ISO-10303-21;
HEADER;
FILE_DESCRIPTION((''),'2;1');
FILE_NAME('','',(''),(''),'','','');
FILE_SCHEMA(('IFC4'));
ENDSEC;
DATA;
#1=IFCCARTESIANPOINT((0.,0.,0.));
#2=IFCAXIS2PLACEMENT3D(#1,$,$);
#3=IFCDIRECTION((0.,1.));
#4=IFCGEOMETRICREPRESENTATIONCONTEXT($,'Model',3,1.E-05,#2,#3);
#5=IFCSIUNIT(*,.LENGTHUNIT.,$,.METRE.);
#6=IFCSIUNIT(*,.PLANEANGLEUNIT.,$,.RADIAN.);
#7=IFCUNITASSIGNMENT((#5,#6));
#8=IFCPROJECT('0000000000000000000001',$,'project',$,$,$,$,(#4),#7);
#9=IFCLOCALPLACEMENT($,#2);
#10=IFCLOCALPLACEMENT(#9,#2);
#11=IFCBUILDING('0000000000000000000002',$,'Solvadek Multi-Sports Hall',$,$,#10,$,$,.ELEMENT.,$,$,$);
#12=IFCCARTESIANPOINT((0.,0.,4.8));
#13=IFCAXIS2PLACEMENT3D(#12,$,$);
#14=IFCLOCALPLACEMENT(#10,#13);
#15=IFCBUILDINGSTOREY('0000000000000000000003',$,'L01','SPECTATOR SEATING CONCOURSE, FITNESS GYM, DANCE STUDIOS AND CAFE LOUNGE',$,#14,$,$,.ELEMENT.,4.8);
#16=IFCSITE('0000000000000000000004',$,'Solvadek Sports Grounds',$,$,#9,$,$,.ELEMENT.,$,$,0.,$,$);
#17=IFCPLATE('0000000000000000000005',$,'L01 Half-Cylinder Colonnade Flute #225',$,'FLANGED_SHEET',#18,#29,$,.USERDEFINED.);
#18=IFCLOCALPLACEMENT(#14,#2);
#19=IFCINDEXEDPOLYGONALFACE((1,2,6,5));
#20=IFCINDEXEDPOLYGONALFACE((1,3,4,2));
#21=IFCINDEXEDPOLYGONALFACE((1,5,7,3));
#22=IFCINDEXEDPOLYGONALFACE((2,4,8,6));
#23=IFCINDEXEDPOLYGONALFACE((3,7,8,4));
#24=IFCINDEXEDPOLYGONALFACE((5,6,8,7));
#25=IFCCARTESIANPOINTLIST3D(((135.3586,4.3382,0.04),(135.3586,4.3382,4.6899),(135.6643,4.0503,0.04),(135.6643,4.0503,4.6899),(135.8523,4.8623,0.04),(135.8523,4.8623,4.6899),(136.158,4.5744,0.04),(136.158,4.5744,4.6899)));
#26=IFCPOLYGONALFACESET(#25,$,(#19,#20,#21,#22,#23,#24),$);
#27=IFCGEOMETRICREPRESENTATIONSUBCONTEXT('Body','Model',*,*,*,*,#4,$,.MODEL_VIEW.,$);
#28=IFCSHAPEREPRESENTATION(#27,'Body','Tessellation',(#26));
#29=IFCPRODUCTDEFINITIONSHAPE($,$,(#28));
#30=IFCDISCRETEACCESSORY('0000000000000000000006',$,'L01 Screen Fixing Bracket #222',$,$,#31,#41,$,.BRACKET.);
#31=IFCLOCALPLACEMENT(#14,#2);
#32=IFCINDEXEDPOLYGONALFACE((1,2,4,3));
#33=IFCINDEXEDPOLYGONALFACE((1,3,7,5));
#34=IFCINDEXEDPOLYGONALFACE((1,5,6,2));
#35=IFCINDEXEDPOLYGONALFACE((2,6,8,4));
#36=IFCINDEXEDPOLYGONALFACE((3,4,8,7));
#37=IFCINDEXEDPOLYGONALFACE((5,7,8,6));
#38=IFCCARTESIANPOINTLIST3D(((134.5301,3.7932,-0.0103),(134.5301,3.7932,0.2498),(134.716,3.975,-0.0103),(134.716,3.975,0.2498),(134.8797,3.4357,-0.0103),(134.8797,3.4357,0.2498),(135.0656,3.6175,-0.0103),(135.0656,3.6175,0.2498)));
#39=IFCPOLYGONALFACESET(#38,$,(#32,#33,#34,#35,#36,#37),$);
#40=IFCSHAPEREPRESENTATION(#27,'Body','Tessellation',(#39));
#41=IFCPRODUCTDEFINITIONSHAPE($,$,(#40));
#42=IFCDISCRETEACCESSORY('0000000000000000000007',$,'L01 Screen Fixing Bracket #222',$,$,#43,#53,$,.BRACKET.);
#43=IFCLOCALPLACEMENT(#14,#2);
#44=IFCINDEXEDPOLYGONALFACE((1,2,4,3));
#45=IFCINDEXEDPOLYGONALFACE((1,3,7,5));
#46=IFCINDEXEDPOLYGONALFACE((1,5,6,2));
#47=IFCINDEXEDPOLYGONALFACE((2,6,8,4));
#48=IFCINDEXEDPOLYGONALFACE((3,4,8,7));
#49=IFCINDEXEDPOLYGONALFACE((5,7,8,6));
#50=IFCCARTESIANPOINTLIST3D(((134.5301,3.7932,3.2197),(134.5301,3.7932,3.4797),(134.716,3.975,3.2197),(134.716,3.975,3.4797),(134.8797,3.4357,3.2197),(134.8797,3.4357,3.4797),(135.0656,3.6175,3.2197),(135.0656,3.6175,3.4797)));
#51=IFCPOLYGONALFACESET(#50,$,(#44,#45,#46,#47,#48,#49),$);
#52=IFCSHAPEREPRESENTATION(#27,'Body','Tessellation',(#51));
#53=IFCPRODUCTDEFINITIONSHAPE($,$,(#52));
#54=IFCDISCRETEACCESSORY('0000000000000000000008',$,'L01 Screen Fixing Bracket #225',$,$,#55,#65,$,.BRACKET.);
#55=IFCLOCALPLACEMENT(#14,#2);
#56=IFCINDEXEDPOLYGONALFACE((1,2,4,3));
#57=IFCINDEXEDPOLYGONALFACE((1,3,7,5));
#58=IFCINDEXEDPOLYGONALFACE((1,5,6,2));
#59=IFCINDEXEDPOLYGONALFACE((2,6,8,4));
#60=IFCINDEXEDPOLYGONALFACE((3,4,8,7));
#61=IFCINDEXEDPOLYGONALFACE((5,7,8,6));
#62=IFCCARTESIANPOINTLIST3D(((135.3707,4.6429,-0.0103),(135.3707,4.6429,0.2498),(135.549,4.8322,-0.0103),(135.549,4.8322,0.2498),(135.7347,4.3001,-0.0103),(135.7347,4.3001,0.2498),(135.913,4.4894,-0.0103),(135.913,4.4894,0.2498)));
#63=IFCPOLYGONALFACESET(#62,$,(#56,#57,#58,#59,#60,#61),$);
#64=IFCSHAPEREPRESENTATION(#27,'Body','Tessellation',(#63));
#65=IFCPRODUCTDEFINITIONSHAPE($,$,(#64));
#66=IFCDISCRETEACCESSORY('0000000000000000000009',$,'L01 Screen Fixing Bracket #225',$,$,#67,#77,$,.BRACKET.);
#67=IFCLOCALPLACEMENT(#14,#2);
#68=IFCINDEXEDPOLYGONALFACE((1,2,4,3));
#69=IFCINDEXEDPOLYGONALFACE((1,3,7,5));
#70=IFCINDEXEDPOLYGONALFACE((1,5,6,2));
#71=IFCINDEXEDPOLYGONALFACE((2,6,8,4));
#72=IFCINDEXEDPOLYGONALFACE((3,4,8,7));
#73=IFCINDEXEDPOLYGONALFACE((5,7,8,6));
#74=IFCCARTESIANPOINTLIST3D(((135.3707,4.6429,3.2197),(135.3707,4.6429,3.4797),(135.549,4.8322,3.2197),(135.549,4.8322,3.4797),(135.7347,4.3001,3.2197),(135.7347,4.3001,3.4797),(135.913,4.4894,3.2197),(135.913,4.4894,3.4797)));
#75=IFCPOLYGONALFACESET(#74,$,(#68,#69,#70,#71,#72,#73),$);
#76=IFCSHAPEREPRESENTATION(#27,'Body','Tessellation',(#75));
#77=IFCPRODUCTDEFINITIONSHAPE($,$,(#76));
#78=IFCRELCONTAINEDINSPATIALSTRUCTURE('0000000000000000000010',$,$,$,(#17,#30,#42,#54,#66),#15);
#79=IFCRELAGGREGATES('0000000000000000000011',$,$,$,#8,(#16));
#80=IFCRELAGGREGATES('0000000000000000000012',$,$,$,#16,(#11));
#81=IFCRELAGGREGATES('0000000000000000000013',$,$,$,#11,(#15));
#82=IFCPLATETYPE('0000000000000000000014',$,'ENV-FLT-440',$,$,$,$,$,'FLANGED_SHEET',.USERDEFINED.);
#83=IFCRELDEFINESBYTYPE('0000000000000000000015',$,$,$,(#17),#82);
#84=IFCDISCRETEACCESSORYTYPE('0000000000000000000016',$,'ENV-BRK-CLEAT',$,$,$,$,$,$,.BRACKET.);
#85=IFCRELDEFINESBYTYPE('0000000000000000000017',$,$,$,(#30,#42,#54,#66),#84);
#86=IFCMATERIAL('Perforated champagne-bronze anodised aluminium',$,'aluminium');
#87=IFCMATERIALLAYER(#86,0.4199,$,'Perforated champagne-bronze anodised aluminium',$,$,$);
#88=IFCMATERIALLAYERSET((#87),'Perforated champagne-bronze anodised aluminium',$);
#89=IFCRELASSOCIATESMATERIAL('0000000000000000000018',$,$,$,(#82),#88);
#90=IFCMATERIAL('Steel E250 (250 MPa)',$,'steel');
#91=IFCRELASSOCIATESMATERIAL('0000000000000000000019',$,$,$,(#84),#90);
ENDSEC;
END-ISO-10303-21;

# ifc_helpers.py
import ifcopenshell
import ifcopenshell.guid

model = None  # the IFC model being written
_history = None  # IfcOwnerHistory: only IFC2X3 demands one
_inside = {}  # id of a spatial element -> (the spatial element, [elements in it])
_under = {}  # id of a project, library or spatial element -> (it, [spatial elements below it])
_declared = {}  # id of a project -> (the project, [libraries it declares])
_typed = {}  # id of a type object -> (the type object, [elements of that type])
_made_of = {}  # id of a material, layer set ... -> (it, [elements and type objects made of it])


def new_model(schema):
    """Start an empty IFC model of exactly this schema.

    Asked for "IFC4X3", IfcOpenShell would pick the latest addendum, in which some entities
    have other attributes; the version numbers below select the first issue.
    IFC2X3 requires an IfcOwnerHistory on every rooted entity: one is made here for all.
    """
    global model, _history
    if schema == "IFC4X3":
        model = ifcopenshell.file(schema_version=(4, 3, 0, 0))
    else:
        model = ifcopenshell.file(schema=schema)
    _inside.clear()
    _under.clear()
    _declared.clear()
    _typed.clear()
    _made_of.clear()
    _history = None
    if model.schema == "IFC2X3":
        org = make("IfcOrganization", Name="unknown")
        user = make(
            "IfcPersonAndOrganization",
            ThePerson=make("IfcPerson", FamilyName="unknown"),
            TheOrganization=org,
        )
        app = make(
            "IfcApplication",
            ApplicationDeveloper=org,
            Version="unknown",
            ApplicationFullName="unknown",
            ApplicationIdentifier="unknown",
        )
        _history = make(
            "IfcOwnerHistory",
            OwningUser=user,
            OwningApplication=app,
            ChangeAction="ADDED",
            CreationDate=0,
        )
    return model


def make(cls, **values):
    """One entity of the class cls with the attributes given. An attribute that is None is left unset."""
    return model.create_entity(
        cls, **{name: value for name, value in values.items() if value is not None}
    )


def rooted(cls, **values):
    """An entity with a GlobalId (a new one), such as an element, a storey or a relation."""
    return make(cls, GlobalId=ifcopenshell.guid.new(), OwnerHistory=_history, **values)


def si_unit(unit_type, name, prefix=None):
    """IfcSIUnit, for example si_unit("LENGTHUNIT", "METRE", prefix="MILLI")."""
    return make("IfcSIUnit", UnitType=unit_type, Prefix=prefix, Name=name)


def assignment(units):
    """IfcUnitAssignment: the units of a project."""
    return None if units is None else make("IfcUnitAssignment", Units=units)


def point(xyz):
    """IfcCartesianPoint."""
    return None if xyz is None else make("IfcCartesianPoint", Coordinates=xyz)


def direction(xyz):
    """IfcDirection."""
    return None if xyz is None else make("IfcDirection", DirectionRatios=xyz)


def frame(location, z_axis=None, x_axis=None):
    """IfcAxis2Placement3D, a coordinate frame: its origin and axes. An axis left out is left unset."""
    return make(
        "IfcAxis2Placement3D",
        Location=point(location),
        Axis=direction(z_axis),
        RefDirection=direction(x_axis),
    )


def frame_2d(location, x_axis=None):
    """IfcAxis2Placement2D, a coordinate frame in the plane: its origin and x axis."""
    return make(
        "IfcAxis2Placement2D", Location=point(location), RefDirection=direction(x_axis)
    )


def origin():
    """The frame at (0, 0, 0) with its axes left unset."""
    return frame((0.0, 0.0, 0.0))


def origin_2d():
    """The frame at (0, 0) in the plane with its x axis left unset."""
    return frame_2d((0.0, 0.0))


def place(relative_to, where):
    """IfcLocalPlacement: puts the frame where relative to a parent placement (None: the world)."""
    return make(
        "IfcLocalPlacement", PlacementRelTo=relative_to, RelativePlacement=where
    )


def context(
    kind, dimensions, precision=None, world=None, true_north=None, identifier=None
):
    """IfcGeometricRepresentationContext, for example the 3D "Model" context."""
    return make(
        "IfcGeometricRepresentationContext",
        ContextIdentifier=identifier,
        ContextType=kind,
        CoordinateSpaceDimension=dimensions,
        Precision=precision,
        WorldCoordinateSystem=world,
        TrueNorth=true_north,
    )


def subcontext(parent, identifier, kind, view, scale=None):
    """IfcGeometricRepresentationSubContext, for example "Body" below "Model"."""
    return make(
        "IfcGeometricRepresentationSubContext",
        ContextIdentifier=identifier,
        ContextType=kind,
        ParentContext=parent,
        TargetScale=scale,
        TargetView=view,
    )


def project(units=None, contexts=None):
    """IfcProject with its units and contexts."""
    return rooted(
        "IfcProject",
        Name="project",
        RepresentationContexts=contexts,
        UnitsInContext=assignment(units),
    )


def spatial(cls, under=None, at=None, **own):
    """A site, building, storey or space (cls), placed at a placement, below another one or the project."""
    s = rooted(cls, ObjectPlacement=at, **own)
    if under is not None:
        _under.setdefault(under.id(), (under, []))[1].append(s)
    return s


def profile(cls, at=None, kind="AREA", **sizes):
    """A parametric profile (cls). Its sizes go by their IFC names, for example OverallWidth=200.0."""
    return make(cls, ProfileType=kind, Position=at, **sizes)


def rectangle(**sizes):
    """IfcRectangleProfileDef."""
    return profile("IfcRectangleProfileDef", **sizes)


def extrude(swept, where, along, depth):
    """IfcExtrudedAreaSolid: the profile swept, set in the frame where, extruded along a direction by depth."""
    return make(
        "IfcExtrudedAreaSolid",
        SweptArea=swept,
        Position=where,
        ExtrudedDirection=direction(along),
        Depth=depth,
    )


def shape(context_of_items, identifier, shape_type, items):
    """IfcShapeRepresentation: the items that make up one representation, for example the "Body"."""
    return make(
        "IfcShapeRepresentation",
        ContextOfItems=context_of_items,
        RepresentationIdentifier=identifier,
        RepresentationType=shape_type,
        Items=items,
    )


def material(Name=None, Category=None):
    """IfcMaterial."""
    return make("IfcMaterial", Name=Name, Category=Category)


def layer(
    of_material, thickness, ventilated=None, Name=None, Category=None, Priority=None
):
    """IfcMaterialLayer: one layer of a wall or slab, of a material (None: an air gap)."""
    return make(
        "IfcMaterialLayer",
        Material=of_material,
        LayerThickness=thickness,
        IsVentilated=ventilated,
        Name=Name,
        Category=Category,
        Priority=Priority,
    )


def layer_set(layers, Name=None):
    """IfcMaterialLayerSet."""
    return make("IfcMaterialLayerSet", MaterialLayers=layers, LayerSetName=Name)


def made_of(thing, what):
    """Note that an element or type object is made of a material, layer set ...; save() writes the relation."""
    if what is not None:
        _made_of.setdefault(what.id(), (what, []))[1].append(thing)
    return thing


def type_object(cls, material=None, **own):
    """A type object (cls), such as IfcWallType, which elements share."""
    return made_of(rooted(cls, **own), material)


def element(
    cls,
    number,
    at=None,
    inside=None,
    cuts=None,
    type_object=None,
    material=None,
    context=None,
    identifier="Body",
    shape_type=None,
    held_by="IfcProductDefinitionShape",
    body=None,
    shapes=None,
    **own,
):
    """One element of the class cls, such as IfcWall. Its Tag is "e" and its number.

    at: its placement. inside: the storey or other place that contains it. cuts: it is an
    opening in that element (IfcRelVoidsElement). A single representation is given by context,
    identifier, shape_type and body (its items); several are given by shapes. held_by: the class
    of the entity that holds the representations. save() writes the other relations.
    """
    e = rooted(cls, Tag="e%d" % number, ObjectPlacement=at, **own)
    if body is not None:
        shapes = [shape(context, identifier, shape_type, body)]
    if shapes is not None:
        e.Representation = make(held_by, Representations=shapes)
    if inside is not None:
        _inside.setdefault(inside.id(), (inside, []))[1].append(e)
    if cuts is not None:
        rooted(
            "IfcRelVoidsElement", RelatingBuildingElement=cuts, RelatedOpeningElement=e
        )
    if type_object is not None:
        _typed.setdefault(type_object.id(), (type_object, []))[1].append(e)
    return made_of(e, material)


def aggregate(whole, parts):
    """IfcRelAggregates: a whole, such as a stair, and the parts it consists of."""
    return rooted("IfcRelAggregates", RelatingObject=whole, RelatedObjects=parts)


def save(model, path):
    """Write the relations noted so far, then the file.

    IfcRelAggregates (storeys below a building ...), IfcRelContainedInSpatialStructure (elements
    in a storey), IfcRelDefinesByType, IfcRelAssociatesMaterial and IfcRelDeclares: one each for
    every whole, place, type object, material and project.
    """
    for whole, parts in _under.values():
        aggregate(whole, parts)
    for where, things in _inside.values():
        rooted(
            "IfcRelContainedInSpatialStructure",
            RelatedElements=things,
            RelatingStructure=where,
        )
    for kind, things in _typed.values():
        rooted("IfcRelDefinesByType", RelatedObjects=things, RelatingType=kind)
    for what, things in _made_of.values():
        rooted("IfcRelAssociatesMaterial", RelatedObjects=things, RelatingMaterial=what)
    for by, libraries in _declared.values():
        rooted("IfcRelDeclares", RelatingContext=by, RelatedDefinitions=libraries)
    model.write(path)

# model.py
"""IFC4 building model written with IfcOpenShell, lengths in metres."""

from ifc_helpers import new_model, si_unit, direction, frame, origin, origin_2d, place, context, subcontext, project, spatial, rectangle, extrude, material, layer, layer_set, type_object, element, save


model = new_model("IFC4")

# Units and contexts
model_context = context("Model", 3, precision=1e-05, world=origin(), true_north=direction((0.0, 1.0)))
body_context = subcontext(model_context, "Body", "Model", "MODEL_VIEW")
ifc_project = project(units=[si_unit("LENGTHUNIT", "METRE"), si_unit("PLANEANGLEUNIT", "RADIAN")], contexts=[model_context])

# Site, building, storey
site_placement = place(None, origin())
site = spatial("IfcSite", under=ifc_project, at=site_placement, Name="Solvadek Sports Grounds", CompositionType="ELEMENT", RefElevation=0.0)
building_placement = place(site_placement, origin())
building = spatial("IfcBuilding", under=site, at=building_placement, Name="Solvadek Multi-Sports Hall", CompositionType="ELEMENT")
storey_placement = place(building_placement, frame((0.0, 0.0, 4.8)))
storey = spatial("IfcBuildingStorey", under=building, at=storey_placement, Name="L01", Description="SPECTATOR SEATING CONCOURSE, FITNESS GYM, DANCE STUDIOS AND CAFE LOUNGE", CompositionType="ELEMENT", Elevation=4.8)

# Plate
ifc_material_1 = material(Name="Perforated champagne-bronze anodised aluminium", Category="aluminium")
ifc_layer_1 = layer(ifc_material_1, 0.4199, Name="Perforated champagne-bronze anodised aluminium")
ifc_layer_set_1 = layer_set([ifc_layer_1], Name="Perforated champagne-bronze anodised aluminium")
plate_type_1 = type_object("IfcPlateType", Name="ENV-FLT-440", ElementType="FLANGED_SHEET", PredefinedType="USERDEFINED", material=ifc_layer_set_1)
for number, where, z_axis, x_axis, name in (
    (1, (135.7583, 4.4563, 0.04), (0.0, 0.0, 1.0), (0.685589, 0.727989, 0.0), "L01 Half-Cylinder Colonnade Flute #225"),
):
    element("IfcPlate", number, at=place(storey_placement, frame(where, z_axis=z_axis, x_axis=x_axis)), inside=storey, type_object=plate_type_1, Name=name, ObjectType="FLANGED_SHEET", PredefinedType="USERDEFINED", context=body_context, shape_type="SweptSolid", body=[
        extrude(rectangle(XDim=0.72, YDim=0.4199, at=origin_2d()), origin(), (0.0, 0.0, 1.0), 4.6499),
    ])

# Discrete accessories
ifc_material_2 = material(Name="Steel E250 (250 MPa)", Category="steel")
discrete_accessory_type = type_object("IfcDiscreteAccessoryType", Name="ENV-BRK-CLEAT", PredefinedType="BRACKET", material=ifc_material_2)
for number, where, z_axis, x_axis, name in (
    (2, (134.7979, 3.7053, -0.0103), (0.0, 0.0, 1.0), (0.715, 0.699125, 0.0), "L01 Screen Fixing Bracket #222"),
    (3, (134.7979, 3.7053, 3.2197), (0.0, 0.0, 1.0), (0.715, 0.699125, 0.0), "L01 Screen Fixing Bracket #222"),
    (4, (135.6418, 4.5662, -0.0103), (0.0, 0.0, 1.0), (0.685589, 0.727989, 0.0), "L01 Screen Fixing Bracket #225"),
    (5, (135.6418, 4.5662, 3.2197), (0.0, 0.0, 1.0), (0.685589, 0.727989, 0.0), "L01 Screen Fixing Bracket #225"),
):
    element("IfcDiscreteAccessory", number, at=place(storey_placement, frame(where, z_axis=z_axis, x_axis=x_axis)), inside=storey, type_object=discrete_accessory_type, Name=name, PredefinedType="BRACKET", context=body_context, shape_type="SweptSolid", body=[
        extrude(rectangle(XDim=0.26, YDim=0.5, at=origin_2d()), origin(), (0.0, 0.0, 1.0), 0.26),
    ])

save(model, "model.ifc")
